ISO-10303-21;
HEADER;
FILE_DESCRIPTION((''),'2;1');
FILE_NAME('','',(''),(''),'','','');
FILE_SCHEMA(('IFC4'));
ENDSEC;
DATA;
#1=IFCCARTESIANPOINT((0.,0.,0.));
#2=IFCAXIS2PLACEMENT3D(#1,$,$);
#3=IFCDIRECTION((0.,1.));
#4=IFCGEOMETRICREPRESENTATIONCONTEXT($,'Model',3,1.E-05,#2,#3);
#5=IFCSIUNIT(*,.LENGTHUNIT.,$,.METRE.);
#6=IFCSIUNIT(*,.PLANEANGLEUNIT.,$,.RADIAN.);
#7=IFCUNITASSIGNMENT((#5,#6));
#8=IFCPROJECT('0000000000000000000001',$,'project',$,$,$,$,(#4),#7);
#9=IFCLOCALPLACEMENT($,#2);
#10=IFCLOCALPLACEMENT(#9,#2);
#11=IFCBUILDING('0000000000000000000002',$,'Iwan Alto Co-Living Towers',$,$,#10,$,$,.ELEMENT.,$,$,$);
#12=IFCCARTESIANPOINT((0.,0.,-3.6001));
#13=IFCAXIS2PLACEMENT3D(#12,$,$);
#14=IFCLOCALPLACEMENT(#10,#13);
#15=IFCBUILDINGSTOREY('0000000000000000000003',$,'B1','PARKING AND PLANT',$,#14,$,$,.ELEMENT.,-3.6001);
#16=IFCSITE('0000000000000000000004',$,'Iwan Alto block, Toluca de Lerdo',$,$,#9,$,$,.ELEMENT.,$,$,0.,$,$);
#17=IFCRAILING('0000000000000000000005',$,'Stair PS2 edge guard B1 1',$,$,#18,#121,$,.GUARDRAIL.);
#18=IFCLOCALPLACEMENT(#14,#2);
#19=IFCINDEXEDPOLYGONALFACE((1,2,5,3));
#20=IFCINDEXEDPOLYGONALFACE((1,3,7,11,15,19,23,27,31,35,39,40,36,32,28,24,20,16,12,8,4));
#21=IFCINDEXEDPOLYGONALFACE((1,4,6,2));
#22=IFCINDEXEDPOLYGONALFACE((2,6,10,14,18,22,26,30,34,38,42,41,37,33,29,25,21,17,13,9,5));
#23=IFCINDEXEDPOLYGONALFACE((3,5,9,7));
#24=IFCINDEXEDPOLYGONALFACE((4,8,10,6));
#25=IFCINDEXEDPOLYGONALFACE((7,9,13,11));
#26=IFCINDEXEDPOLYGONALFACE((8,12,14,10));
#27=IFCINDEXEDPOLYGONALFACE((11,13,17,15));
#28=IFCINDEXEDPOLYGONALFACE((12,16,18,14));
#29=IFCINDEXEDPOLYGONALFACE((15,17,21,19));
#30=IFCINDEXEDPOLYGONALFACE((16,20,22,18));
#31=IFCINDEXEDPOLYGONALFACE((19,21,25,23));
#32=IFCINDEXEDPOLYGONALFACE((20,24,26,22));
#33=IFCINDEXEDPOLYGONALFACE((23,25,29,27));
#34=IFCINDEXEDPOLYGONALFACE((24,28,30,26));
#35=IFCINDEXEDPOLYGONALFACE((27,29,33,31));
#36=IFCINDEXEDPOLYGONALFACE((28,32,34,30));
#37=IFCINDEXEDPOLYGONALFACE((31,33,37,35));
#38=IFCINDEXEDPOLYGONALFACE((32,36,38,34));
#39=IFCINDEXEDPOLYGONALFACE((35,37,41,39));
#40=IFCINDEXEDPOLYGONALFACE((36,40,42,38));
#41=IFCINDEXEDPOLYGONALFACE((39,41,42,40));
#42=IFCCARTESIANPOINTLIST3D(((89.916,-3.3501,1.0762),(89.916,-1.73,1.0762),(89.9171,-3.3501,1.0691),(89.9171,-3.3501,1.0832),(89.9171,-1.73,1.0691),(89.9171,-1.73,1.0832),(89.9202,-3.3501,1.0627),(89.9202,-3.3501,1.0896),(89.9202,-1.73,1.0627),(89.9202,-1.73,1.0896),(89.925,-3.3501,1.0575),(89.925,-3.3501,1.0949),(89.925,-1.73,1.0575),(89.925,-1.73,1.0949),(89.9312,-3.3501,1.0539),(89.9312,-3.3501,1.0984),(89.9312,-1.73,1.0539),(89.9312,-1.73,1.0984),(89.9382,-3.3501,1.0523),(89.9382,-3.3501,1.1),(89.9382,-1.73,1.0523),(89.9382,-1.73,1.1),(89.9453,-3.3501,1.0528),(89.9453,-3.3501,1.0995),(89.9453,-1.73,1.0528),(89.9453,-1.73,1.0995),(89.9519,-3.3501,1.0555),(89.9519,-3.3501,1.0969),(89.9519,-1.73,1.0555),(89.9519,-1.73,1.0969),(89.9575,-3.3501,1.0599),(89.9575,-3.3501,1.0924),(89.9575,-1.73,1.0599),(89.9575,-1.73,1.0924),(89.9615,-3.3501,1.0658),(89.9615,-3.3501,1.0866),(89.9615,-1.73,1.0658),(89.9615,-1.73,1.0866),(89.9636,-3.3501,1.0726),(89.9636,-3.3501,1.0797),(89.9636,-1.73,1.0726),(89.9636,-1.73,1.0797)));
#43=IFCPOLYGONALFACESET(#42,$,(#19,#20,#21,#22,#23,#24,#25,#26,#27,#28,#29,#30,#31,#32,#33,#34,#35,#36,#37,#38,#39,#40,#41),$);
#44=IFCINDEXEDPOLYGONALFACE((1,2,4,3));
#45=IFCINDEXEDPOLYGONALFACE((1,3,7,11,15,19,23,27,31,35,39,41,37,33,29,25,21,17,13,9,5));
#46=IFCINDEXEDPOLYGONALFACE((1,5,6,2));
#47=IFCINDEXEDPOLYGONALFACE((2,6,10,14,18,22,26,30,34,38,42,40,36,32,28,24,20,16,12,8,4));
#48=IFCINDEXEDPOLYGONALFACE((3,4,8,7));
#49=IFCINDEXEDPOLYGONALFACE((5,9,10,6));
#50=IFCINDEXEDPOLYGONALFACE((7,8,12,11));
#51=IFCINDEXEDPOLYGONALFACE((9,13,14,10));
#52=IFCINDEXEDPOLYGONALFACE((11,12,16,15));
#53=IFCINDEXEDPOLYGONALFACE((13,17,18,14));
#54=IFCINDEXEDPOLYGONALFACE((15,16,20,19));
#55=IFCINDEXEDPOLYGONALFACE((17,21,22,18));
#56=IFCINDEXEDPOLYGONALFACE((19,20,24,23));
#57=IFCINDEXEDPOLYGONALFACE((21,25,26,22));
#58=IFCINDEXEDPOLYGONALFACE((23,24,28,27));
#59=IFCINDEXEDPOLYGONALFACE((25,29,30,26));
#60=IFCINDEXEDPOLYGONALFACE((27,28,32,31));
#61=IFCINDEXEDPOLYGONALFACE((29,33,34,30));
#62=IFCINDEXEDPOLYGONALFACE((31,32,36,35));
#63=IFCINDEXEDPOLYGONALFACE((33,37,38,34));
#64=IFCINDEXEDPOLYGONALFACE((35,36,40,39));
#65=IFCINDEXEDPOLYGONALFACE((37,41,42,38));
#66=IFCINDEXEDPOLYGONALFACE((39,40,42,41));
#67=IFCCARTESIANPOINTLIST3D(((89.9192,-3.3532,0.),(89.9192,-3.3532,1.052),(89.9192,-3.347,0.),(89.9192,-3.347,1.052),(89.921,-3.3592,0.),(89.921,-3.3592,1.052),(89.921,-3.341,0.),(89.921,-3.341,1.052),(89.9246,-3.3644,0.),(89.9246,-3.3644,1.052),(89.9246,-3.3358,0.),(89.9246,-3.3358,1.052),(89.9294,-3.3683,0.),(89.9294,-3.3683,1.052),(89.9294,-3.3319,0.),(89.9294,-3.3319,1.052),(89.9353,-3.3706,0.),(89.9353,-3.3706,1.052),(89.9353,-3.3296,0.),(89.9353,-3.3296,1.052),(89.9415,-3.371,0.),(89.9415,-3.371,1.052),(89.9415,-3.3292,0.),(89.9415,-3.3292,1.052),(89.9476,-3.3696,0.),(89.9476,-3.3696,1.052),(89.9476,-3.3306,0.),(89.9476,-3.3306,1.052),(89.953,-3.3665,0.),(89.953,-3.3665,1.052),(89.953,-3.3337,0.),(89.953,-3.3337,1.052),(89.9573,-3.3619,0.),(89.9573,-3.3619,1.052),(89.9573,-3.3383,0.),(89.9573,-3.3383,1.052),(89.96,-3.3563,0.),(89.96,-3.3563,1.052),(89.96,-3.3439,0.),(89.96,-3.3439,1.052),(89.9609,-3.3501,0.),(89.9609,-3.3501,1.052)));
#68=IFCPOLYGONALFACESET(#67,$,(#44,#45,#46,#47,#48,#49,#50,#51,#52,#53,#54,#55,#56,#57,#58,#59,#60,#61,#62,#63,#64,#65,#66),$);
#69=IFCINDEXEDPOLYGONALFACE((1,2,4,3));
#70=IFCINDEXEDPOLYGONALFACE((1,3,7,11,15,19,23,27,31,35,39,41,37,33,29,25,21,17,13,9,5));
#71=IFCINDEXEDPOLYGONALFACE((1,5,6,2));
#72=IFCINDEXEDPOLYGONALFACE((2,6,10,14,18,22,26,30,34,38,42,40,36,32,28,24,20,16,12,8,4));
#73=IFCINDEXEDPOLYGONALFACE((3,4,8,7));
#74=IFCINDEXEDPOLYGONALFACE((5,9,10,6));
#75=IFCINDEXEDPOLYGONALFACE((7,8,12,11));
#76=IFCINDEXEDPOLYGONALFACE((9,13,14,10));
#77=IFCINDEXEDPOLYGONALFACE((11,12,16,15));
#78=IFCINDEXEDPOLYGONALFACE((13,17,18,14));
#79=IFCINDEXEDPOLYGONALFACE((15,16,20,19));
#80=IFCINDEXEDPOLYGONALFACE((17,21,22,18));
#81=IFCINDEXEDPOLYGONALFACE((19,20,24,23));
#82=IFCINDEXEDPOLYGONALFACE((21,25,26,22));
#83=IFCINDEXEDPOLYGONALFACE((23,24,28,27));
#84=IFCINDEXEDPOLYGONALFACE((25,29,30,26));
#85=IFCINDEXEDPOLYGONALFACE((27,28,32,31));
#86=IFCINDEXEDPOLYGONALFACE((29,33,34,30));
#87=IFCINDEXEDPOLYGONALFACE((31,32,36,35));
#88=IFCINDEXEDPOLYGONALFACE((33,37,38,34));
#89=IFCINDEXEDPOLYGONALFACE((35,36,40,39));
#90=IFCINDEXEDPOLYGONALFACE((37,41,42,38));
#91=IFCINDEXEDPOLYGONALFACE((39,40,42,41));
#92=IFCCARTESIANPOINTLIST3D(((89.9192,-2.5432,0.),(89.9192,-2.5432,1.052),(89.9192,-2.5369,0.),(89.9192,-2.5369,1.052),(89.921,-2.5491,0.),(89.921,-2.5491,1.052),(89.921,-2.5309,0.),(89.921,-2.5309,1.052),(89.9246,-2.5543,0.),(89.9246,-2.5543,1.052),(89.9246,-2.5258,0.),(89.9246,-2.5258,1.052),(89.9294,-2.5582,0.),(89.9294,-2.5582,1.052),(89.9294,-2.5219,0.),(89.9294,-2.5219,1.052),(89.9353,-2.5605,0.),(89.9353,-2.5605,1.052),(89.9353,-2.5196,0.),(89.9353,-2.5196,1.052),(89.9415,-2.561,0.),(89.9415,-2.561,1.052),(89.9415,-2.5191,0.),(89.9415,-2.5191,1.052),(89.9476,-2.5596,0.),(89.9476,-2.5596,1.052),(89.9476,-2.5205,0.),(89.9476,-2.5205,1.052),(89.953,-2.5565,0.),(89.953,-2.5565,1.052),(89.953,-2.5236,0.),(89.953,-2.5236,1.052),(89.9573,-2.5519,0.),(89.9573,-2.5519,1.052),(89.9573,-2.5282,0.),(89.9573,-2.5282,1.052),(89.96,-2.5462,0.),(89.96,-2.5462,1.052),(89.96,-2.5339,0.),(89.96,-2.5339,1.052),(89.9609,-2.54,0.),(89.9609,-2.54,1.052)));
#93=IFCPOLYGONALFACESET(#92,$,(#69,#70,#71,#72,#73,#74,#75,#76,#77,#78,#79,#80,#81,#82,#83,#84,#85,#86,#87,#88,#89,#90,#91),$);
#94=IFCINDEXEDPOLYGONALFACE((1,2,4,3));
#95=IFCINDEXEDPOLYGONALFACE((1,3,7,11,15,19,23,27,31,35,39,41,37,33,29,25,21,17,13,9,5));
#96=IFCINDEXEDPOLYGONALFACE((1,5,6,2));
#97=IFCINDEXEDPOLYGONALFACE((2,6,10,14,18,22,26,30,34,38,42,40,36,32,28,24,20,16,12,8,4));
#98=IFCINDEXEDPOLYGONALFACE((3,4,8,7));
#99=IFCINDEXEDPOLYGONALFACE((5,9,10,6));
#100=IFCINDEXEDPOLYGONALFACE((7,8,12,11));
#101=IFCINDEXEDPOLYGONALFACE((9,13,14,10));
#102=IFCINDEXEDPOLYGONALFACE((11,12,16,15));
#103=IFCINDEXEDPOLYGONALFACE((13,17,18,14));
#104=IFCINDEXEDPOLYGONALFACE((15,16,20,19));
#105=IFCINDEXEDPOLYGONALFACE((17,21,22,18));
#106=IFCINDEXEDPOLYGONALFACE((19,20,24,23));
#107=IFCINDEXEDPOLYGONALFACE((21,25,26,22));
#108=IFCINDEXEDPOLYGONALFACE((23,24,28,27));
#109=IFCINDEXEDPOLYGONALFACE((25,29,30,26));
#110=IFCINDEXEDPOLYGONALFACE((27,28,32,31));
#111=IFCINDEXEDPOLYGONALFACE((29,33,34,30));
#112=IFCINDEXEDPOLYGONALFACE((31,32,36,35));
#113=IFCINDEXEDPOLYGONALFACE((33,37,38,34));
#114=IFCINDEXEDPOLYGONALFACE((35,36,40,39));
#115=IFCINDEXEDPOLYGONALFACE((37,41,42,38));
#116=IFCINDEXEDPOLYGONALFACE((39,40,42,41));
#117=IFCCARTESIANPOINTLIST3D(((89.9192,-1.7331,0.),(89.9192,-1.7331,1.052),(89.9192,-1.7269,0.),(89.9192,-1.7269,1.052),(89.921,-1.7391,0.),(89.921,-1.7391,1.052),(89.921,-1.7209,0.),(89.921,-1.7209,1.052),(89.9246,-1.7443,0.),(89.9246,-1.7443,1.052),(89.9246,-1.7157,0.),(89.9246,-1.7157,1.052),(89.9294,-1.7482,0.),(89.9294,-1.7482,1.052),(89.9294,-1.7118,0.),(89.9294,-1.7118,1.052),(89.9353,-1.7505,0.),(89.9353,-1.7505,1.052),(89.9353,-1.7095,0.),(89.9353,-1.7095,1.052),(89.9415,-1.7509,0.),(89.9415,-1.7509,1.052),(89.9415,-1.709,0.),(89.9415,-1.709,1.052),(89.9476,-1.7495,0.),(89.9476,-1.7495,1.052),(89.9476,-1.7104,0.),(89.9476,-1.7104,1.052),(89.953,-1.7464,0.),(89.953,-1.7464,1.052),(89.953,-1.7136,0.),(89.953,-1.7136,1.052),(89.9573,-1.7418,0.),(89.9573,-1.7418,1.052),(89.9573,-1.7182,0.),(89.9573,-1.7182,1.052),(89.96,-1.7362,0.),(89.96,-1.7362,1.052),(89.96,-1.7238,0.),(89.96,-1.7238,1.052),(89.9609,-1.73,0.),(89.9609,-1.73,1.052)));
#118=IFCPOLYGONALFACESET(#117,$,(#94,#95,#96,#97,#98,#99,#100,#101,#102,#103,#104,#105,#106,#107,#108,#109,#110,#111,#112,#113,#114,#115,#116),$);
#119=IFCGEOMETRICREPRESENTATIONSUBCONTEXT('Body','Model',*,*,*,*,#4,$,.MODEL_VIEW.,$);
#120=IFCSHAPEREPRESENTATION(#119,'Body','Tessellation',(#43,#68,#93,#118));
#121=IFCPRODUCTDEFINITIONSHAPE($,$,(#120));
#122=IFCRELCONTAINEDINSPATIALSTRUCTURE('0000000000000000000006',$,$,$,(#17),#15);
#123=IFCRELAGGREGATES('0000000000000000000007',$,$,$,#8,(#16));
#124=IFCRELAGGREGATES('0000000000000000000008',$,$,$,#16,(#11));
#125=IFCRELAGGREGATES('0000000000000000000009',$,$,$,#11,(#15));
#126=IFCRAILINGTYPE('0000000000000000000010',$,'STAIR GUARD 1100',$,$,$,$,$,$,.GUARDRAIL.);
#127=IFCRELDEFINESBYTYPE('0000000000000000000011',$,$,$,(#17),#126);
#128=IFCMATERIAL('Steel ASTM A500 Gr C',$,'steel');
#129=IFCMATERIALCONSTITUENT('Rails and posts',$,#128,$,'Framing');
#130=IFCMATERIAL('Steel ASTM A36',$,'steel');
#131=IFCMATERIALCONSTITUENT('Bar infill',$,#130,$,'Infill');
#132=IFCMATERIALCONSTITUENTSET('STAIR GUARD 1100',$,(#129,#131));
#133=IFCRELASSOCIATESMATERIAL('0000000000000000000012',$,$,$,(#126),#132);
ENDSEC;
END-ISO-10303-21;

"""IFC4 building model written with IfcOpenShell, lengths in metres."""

from ifc_helpers import new_model, si_unit, direction, frame, origin, origin_2d, place, context, subcontext, project, spatial, circle, extrude, material, constituent, constituent_set, type_object, element, save


model = new_model("IFC4")

# Units and contexts
model_context = context("Model", 3, precision=1e-05, world=origin(), true_north=direction((0.0, 1.0)))
body_context = subcontext(model_context, "Body", "Model", "MODEL_VIEW")
ifc_project = project(units=[si_unit("LENGTHUNIT", "METRE"), si_unit("PLANEANGLEUNIT", "RADIAN")], contexts=[model_context])

# Site, building, storey
site_placement = place(None, origin())
site = spatial("IfcSite", under=ifc_project, at=site_placement, Name="Iwan Alto block, Toluca de Lerdo", CompositionType="ELEMENT", RefElevation=0.0)
building_placement = place(site_placement, origin())
building = spatial("IfcBuilding", under=site, at=building_placement, Name="Iwan Alto Co-Living Towers", CompositionType="ELEMENT")
storey_placement = place(building_placement, frame((0.0, 0.0, -3.6001)))
storey = spatial("IfcBuildingStorey", under=building, at=storey_placement, Name="B1", Description="PARKING AND PLANT", CompositionType="ELEMENT", Elevation=-3.6001)

# Shared definitions
ifc_material_1 = material(Name="Steel ASTM A36", Category="steel")

# Railing
ifc_material_2 = material(Name="Steel ASTM A500 Gr C", Category="steel")
ifc_constituent_1 = constituent(ifc_material_2, Name="Rails and posts", Category="Framing")
ifc_constituent_2 = constituent(ifc_material_1, Name="Bar infill", Category="Infill")
ifc_constituent_set_1 = constituent_set(constituents=[ifc_constituent_1, ifc_constituent_2], Name="STAIR GUARD 1100")
railing_type_1 = type_object("IfcRailingType", Name="STAIR GUARD 1100", PredefinedType="GUARDRAIL", material=ifc_constituent_set_1)
railing_1_placement = place(storey_placement, frame((89.9399, -3.3501, 0.0)))
element("IfcRailing", 1, at=railing_1_placement, inside=storey, type_object=railing_type_1, Name="Stair PS2 edge guard B1 1", PredefinedType="GUARDRAIL", context=body_context, shape_type="SweptSolid", body=[
    extrude(circle(Radius=0.0239, at=origin_2d()), frame((0.0, 0.0, 1.0762), z_axis=(0.0, 1.0, 0.0), x_axis=(-1.0, 0.0, 0.0)), (0.0, 0.0, 1.0), 1.6201),
    extrude(circle(Radius=0.021, at=origin_2d()), origin(), (0.0, 0.0, 1.0), 1.052),
    extrude(circle(Radius=0.021, at=origin_2d()), frame((0.0, 0.8101, 0.0)), (0.0, 0.0, 1.0), 1.052),
    extrude(circle(Radius=0.021, at=origin_2d()), frame((0.0, 1.6201, 0.0)), (0.0, 0.0, 1.0), 1.052),
])

save(model, "model.ifc")
